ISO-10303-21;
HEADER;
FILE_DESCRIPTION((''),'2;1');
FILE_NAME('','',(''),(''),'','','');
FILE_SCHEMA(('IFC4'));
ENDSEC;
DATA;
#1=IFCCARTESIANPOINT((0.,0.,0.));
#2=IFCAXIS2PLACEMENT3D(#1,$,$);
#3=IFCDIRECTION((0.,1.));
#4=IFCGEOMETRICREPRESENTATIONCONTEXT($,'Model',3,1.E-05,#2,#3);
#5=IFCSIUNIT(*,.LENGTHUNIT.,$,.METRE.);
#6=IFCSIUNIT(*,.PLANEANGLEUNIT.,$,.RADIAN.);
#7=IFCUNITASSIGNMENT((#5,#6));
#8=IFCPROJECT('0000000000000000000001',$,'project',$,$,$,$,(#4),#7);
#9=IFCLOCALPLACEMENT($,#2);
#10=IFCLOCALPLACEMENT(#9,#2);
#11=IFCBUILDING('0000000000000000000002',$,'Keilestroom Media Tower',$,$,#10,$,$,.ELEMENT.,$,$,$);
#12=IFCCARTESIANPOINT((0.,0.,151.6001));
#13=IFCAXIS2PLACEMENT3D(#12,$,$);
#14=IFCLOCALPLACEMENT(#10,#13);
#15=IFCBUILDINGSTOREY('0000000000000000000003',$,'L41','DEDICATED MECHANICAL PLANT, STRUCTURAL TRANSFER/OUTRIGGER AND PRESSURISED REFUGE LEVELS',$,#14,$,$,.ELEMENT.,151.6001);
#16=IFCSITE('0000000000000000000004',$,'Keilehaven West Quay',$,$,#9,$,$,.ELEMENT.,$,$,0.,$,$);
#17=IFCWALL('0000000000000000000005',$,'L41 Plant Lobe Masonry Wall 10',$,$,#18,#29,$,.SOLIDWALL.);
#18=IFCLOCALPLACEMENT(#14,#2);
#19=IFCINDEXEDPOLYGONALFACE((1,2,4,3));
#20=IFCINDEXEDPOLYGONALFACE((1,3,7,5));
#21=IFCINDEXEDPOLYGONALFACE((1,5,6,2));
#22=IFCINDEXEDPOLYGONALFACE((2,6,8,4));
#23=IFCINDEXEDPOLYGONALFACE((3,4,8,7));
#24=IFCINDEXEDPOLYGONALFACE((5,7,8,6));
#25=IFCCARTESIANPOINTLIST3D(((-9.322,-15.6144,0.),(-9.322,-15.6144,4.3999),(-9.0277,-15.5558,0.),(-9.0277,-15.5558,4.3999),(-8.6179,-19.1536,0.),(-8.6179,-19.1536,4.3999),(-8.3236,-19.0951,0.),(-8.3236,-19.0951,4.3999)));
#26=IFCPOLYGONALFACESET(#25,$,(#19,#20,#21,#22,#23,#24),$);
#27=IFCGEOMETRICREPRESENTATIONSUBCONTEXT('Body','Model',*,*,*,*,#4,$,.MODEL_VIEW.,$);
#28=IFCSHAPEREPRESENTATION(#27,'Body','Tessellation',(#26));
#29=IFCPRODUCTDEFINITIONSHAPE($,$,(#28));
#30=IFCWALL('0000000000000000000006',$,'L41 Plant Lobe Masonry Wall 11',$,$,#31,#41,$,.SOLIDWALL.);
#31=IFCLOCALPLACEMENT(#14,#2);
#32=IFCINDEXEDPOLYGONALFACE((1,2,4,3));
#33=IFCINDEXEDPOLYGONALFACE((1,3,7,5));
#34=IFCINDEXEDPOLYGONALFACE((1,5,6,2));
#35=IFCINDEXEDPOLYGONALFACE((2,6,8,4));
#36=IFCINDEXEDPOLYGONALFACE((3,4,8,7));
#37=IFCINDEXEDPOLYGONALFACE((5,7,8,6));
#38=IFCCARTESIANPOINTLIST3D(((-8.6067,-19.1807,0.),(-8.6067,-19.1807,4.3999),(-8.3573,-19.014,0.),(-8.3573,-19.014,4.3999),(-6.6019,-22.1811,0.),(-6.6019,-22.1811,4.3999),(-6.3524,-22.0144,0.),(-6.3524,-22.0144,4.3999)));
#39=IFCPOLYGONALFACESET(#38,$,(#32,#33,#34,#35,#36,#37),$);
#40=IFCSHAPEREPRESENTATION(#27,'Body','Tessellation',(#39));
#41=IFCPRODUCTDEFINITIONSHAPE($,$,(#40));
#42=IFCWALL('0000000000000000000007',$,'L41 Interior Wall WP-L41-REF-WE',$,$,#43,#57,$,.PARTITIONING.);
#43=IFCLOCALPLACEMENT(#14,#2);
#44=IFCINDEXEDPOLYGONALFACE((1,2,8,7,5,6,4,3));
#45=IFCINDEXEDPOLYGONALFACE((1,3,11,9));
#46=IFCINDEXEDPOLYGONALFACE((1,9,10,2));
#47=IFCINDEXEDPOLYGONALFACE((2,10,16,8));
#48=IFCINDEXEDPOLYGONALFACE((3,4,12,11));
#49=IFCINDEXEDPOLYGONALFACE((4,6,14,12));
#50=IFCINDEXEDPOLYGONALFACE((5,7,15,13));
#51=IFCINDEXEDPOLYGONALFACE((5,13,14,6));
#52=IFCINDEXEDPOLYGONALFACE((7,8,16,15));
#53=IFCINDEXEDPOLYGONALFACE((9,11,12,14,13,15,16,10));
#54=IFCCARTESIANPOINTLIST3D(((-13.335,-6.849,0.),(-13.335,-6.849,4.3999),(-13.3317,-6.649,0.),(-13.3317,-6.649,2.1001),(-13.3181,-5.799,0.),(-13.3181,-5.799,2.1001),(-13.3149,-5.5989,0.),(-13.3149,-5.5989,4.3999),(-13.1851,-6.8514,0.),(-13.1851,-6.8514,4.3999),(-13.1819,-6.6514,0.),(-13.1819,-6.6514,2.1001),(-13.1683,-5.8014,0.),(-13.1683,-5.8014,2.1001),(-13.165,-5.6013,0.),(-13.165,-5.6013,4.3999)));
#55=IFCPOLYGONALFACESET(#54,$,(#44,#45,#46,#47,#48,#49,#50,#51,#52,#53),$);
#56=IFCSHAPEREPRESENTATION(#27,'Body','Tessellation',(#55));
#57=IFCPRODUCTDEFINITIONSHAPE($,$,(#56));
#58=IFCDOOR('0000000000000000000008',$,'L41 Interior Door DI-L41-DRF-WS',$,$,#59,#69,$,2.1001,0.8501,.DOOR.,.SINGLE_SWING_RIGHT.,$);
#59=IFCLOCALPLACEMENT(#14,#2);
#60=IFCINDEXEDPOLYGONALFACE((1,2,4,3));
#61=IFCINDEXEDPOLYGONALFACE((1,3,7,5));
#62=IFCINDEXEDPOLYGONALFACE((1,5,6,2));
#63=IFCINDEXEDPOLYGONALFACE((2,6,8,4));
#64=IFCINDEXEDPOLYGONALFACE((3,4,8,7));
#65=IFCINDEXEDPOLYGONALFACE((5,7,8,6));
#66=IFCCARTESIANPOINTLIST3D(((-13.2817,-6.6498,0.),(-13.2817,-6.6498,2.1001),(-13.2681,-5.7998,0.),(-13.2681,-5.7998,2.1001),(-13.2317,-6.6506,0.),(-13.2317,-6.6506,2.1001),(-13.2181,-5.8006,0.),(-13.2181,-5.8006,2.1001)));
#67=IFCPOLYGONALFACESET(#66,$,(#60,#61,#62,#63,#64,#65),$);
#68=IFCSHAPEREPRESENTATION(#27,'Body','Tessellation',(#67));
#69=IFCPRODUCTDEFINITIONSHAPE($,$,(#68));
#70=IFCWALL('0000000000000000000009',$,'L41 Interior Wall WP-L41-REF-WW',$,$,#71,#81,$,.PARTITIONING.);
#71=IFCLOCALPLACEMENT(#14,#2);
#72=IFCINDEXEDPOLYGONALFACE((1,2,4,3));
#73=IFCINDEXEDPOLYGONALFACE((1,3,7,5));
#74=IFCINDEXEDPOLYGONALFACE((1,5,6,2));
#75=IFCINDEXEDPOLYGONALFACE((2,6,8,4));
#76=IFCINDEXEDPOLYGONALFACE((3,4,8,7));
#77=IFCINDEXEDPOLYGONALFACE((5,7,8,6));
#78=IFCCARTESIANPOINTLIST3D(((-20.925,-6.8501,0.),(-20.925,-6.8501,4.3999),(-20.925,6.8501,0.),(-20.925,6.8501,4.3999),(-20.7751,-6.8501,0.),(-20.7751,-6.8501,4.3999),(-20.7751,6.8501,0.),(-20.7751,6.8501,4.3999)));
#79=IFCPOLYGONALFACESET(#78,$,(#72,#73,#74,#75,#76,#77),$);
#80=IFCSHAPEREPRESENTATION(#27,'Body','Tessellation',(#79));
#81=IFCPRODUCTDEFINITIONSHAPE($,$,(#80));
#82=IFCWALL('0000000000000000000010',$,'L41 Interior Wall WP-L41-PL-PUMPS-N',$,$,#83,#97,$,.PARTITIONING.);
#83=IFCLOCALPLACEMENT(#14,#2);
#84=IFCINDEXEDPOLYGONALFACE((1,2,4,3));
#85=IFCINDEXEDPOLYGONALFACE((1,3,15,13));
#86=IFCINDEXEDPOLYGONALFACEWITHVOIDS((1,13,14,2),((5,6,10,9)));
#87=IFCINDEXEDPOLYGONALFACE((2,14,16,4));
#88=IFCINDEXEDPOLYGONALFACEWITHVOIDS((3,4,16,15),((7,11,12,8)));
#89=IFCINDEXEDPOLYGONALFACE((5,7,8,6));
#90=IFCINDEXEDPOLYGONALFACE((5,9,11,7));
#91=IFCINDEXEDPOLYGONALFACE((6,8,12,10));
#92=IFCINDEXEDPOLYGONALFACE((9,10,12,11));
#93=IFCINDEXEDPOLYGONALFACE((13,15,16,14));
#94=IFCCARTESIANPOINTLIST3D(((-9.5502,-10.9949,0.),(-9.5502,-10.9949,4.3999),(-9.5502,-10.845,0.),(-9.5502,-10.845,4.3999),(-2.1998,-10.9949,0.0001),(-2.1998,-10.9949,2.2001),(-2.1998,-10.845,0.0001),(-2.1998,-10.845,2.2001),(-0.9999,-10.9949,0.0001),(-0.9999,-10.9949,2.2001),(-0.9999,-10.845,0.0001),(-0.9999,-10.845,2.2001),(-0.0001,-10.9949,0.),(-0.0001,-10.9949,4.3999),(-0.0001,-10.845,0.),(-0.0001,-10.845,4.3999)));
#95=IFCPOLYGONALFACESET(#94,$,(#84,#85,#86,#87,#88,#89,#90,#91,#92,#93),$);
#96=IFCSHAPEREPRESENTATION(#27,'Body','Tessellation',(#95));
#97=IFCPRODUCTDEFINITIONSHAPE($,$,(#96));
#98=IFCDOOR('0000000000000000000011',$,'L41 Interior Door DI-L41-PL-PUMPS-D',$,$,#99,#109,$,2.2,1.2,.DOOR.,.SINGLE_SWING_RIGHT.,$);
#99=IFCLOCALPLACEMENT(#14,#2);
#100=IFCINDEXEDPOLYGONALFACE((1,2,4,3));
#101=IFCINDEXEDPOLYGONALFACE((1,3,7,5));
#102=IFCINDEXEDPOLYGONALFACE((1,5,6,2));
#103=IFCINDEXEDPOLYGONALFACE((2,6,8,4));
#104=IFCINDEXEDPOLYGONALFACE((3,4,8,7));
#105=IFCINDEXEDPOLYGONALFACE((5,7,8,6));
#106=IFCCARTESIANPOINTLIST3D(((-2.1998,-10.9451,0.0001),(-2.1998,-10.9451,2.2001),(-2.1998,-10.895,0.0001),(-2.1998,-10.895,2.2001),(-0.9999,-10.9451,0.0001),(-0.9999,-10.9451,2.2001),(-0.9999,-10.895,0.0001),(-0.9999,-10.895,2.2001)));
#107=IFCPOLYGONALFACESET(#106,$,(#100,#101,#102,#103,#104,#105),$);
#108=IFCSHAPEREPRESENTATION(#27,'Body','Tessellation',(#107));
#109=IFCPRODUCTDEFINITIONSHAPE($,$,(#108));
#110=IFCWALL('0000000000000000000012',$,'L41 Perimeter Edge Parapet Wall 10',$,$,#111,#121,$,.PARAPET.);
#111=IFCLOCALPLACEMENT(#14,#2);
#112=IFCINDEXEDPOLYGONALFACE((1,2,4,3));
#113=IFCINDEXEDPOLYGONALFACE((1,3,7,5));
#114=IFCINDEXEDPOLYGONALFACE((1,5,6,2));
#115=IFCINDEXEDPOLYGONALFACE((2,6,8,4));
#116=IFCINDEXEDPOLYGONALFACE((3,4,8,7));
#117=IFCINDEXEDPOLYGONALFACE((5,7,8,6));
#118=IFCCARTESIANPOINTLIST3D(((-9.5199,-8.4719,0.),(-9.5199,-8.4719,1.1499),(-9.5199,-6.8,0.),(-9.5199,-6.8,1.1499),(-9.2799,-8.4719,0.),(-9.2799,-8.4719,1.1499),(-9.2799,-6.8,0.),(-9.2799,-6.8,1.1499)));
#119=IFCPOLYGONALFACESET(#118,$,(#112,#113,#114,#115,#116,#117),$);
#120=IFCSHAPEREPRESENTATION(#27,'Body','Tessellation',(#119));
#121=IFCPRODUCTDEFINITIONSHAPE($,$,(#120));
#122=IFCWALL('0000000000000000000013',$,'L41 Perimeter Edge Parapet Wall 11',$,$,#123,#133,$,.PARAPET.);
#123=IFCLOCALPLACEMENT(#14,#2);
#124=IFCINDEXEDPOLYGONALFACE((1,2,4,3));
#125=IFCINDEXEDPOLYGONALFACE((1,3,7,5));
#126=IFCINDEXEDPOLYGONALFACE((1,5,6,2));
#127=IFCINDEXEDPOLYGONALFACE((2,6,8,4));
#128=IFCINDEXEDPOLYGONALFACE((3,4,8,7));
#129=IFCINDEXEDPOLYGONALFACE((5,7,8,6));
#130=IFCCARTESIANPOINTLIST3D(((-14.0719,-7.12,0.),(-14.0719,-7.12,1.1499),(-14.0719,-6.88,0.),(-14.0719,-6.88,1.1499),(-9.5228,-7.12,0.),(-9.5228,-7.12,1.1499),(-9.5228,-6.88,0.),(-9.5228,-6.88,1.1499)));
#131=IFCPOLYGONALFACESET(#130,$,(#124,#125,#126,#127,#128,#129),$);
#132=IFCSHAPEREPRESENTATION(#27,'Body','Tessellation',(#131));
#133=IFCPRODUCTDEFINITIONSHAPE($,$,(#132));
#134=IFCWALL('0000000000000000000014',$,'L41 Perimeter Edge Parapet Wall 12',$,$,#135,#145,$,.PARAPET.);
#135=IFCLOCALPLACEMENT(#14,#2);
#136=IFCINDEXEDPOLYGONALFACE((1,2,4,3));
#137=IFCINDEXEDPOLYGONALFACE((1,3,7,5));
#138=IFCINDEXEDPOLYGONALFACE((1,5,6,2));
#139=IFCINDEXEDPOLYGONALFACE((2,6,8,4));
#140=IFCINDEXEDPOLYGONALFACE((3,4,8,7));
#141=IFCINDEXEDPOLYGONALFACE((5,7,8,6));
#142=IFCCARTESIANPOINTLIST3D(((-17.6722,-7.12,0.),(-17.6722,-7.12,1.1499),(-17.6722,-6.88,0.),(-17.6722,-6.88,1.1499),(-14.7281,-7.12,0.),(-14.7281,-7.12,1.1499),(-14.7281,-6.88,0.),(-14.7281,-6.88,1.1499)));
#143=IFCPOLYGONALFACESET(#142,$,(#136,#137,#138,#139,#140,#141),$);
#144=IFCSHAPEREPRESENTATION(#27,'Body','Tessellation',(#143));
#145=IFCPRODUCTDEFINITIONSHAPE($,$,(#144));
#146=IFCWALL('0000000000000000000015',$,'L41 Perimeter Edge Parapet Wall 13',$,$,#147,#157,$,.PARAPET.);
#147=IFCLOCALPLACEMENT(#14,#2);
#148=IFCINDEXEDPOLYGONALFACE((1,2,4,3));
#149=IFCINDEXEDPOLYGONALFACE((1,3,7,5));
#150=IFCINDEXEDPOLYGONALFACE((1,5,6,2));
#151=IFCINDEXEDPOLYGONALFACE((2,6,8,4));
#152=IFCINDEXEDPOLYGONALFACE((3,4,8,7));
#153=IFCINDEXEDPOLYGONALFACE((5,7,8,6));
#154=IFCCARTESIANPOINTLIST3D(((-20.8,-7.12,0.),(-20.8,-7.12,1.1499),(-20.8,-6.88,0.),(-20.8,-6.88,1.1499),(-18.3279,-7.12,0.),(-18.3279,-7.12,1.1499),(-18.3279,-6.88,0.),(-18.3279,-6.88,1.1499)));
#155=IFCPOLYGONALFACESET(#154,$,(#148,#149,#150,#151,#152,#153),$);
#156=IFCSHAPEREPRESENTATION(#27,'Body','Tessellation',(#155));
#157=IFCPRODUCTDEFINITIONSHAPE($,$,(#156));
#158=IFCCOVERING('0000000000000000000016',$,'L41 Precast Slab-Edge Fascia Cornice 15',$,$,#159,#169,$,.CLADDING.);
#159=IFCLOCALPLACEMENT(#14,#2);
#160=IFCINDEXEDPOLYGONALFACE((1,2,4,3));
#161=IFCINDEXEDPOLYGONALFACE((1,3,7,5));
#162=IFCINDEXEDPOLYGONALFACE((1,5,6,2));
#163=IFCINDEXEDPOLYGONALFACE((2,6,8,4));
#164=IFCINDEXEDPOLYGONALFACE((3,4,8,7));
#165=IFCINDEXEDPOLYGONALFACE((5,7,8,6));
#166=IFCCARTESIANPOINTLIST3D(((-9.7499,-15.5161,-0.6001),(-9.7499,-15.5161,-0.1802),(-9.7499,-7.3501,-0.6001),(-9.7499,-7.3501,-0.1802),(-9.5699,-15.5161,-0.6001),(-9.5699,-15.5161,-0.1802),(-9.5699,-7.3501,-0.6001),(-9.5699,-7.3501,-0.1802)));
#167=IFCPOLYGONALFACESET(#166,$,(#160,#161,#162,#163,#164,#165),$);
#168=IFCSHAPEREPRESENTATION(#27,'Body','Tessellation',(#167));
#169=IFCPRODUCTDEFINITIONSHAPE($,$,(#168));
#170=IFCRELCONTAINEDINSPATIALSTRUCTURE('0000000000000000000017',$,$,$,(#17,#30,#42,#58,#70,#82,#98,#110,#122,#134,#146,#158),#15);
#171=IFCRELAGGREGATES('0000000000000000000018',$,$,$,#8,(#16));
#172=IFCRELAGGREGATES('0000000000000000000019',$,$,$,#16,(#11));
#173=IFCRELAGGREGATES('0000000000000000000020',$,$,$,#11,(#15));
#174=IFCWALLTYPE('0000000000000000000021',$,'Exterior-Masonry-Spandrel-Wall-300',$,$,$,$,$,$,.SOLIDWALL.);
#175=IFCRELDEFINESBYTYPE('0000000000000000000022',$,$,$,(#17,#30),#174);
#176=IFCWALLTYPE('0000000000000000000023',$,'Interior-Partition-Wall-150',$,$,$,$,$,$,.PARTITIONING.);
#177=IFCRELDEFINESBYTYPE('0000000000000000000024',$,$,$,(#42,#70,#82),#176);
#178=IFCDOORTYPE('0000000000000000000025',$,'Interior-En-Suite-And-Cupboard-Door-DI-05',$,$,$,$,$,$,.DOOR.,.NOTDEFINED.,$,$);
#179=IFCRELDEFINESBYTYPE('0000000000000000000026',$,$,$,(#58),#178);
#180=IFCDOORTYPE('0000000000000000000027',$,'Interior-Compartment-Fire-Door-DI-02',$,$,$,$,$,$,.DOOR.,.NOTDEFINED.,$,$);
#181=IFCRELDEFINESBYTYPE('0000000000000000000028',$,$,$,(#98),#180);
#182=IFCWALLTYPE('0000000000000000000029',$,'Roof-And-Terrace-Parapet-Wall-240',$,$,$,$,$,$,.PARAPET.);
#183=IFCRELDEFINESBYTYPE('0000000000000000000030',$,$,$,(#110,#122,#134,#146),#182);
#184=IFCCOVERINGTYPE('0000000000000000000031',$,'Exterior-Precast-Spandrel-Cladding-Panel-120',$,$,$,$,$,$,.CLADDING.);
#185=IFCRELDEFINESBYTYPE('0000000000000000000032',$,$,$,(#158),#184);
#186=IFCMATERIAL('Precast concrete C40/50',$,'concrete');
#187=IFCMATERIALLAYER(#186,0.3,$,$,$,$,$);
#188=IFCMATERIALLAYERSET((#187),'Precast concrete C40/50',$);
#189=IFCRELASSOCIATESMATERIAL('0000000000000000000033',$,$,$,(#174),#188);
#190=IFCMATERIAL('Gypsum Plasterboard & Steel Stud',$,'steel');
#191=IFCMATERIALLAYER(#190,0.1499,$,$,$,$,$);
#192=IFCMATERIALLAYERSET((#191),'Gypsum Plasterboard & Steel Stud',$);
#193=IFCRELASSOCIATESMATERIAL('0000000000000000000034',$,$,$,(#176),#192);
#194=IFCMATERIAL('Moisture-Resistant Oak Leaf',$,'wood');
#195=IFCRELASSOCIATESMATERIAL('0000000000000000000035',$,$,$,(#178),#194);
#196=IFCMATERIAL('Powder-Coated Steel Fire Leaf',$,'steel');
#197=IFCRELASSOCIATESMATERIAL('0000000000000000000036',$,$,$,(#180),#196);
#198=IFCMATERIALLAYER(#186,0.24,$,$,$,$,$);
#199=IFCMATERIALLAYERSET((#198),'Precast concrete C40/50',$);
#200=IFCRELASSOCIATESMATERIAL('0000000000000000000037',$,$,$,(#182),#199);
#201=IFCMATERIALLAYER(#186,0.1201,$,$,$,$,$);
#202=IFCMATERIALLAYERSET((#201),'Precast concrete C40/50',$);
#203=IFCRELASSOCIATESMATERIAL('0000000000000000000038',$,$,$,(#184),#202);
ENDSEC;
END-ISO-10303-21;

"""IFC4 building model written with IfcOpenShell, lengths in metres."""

from ifc_helpers import new_model, si_unit, direction, frame, frame_2d, origin, origin_2d, place, context, subcontext, project, spatial, rectangle, extrude, source, transform, mapped, material, layer, layer_set, type_object, element, fill, save


model = new_model("IFC4")

# Units and contexts
model_context = context("Model", 3, precision=1e-05, world=origin(), true_north=direction((0.0, 1.0)))
body_context = subcontext(model_context, "Body", "Model", "MODEL_VIEW")
ifc_project = project(units=[si_unit("LENGTHUNIT", "METRE"), si_unit("PLANEANGLEUNIT", "RADIAN")], contexts=[model_context])

# Site, building, storey
site_placement = place(None, origin())
site = spatial("IfcSite", under=ifc_project, at=site_placement, Name="Keilehaven West Quay", CompositionType="ELEMENT", RefElevation=0.0)
building_placement = place(site_placement, origin())
building = spatial("IfcBuilding", under=site, at=building_placement, Name="Keilestroom Media Tower", CompositionType="ELEMENT")
storey_placement = place(building_placement, frame((0.0, 0.0, 151.6001)))
storey = spatial("IfcBuildingStorey", under=building, at=storey_placement, Name="L41", Description="DEDICATED MECHANICAL PLANT, STRUCTURAL TRANSFER/OUTRIGGER AND PRESSURISED REFUGE LEVELS", CompositionType="ELEMENT", Elevation=151.6001)

# Shared definitions
ifc_material_1 = material(Name="Precast concrete C40/50", Category="concrete")

# Walls
ifc_layer_1 = layer(ifc_material_1, 0.3)
ifc_layer_set_1 = layer_set([ifc_layer_1], Name="Precast concrete C40/50")
wall_type_1 = type_object("IfcWallType", Name="Exterior-Masonry-Spandrel-Wall-300", PredefinedType="SOLIDWALL", material=ifc_layer_set_1)
for number, where, z_axis, x_axis, name in (
    (1, (-9.1748, -15.5852, 0.0), (0.0, 0.0, 1.0), (0.195114, -0.980781, 0.0), "L41 Plant Lobe Masonry Wall 10"),
    (2, (-8.4819, -19.0974, 0.0), (0.0, 0.0, 1.0), (0.555574, -0.831467, 0.0), "L41 Plant Lobe Masonry Wall 11"),
):
    element("IfcWall", number, at=place(storey_placement, frame(where, z_axis=z_axis, x_axis=x_axis)), inside=storey, type_object=wall_type_1, Name=name, PredefinedType="SOLIDWALL", context=body_context, shape_type="SweptSolid", body=[
        extrude(rectangle(XDim=3.6086, YDim=0.3, at=frame_2d((1.8042, 0.0))), origin(), (0.0, 0.0, 1.0), 4.3999),
    ])

# Wall, opening, door
ifc_material_2 = material(Name="Gypsum Plasterboard & Steel Stud", Category="steel")
ifc_layer_2 = layer(ifc_material_2, 0.1499)
ifc_layer_set_2 = layer_set([ifc_layer_2], Name="Gypsum Plasterboard & Steel Stud")
wall_type_2 = type_object("IfcWallType", Name="Interior-Partition-Wall-150", PredefinedType="PARTITIONING", material=ifc_layer_set_2)
wall_1_placement = place(storey_placement, frame((-13.26, -6.8501, 0.0), z_axis=(0.0, 0.0, 1.0), x_axis=(0.016014, 0.999872, 0.0)))
wall_1 = element("IfcWall", 3, at=wall_1_placement, inside=storey, type_object=wall_type_2, Name="L41 Interior Wall WP-L41-REF-WE", PredefinedType="PARTITIONING", context=body_context, shape_type="SweptSolid", body=[
    extrude(rectangle(XDim=1.2502, YDim=0.1499, at=frame_2d((0.625, 0.0))), origin(), (0.0, 0.0, 1.0), 4.3999),
])
opening_1_placement = place(wall_1_placement, frame((0.2, 0.0, 0.0)))
opening_1 = element("IfcOpeningElement", 4, at=opening_1_placement, cuts=wall_1, PredefinedType="OPENING", context=body_context, shape_type="SweptSolid", body=[
    extrude(rectangle(XDim=0.8501, YDim=2.1001, at=frame_2d((0.425, 1.05))), frame((0.0, 0.085, 0.0), z_axis=(0.0, -1.0, 0.0), x_axis=(1.0, 0.0, 0.0)), (0.0, 0.0, 1.0), 0.1699),
])
ifc_material_3 = material(Name="Moisture-Resistant Oak Leaf", Category="wood")
door_type_1 = type_object("IfcDoorType", Name="Interior-En-Suite-And-Cupboard-Door-DI-05", OperationType="NOTDEFINED", PredefinedType="DOOR", material=ifc_material_3)
shared_shape_1 = source(origin(), body_context, "Body", "SweptSolid", [
    extrude(rectangle(XDim=0.8501, YDim=2.1001, at=frame_2d((0.425, 1.05))), frame((0.0, 0.0249, 0.0), z_axis=(0.0, -1.0, 0.0), x_axis=(1.0, 0.0, 0.0)), (0.0, 0.0, 1.0), 0.05),
])
door_1_placement = place(opening_1_placement, origin())
door_1 = element("IfcDoor", 5, at=door_1_placement, inside=storey, type_object=door_type_1, Name="L41 Interior Door DI-L41-DRF-WS", OperationType="SINGLE_SWING_RIGHT", OverallHeight=2.1001, OverallWidth=0.8501, PredefinedType="DOOR", context=body_context, shape_type="MappedRepresentation", body=[
    mapped(shared_shape_1, transform((0.0, 0.0, 0.0), x_axis=(1.0, 0.0, 0.0), y_axis=(0.0, 1.0, 0.0), z_axis=(0.0, 0.0, 1.0), scale=1.0)),
])
fill(opening_1, door_1)

# Wall
wall_2_placement = place(storey_placement, frame((-20.8501, -6.8501, 0.0), z_axis=(0.0, 0.0, 1.0), x_axis=(0.0, 1.0, 0.0)))
element("IfcWall", 6, at=wall_2_placement, inside=storey, type_object=wall_type_2, Name="L41 Interior Wall WP-L41-REF-WW", PredefinedType="PARTITIONING", context=body_context, shape_type="SweptSolid", body=[
    extrude(rectangle(XDim=13.7002, YDim=0.1499, at=frame_2d((6.8501, 0.0))), origin(), (0.0, 0.0, 1.0), 4.3999),
])

# Wall, opening, door
wall_3_placement = place(storey_placement, frame((-9.55, -10.9199, 0.0), z_axis=(0.0, 0.0, 1.0), x_axis=(1.0, 0.0, 0.0)))
wall_3 = element("IfcWall", 7, at=wall_3_placement, inside=storey, type_object=wall_type_2, Name="L41 Interior Wall WP-L41-PL-PUMPS-N", PredefinedType="PARTITIONING", context=body_context, shape_type="SweptSolid", body=[
    extrude(rectangle(XDim=9.55, YDim=0.1499, at=frame_2d((4.7749, 0.0))), origin(), (0.0, 0.0, 1.0), 4.3999),
])
opening_2_placement = place(wall_3_placement, frame((7.3501, 0.0, 0.0)))
opening_2 = element("IfcOpeningElement", 8, at=opening_2_placement, cuts=wall_3, PredefinedType="OPENING", context=body_context, shape_type="SweptSolid", body=[
    extrude(rectangle(XDim=1.2, YDim=2.2, at=frame_2d((0.6001, 1.1001))), frame((0.0, 0.085, 0.0), z_axis=(0.0, -1.0, 0.0), x_axis=(1.0, 0.0, 0.0)), (0.0, 0.0, 1.0), 0.1699),
])
ifc_material_4 = material(Name="Powder-Coated Steel Fire Leaf", Category="steel")
door_type_2 = type_object("IfcDoorType", Name="Interior-Compartment-Fire-Door-DI-02", OperationType="NOTDEFINED", PredefinedType="DOOR", material=ifc_material_4)
shared_shape_2 = source(origin(), body_context, "Body", "SweptSolid", [
    extrude(rectangle(XDim=1.2, YDim=2.2, at=frame_2d((0.6001, 1.1001))), frame((0.0, 0.0249, 0.0), z_axis=(0.0, -1.0, 0.0), x_axis=(1.0, 0.0, 0.0)), (0.0, 0.0, 1.0), 0.05),
])
door_2_placement = place(opening_2_placement, origin())
door_2 = element("IfcDoor", 9, at=door_2_placement, inside=storey, type_object=door_type_2, Name="L41 Interior Door DI-L41-PL-PUMPS-D", OperationType="SINGLE_SWING_RIGHT", OverallHeight=2.2, OverallWidth=1.2, PredefinedType="DOOR", context=body_context, shape_type="MappedRepresentation", body=[
    mapped(shared_shape_2, transform((0.0, 0.0, 0.0), x_axis=(1.0, 0.0, 0.0), y_axis=(0.0, 1.0, 0.0), z_axis=(0.0, 0.0, 1.0), scale=1.0)),
])
fill(opening_2, door_2)

# Walls
ifc_layer_3 = layer(ifc_material_1, 0.24)
ifc_layer_set_3 = layer_set([ifc_layer_3], Name="Precast concrete C40/50")
wall_type_3 = type_object("IfcWallType", Name="Roof-And-Terrace-Parapet-Wall-240", PredefinedType="PARAPET", material=ifc_layer_set_3)
wall_4_placement = place(storey_placement, frame((-9.3999, -8.4719, 0.0), z_axis=(0.0, 0.0, 1.0), x_axis=(0.0, 1.0, 0.0)))
element("IfcWall", 10, at=wall_4_placement, inside=storey, type_object=wall_type_3, Name="L41 Perimeter Edge Parapet Wall 10", PredefinedType="PARAPET", context=body_context, shape_type="SweptSolid", body=[
    extrude(rectangle(XDim=1.6719, YDim=0.24, at=frame_2d((0.8359, 0.0))), origin(), (0.0, 0.0, 1.0), 1.1499),
])
wall_5_placement = place(storey_placement, frame((-9.5229, -7.0, 0.0), z_axis=(0.0, 0.0, 1.0), x_axis=(-1.0, 0.0, 0.0)))
element("IfcWall", 11, at=wall_5_placement, inside=storey, type_object=wall_type_3, Name="L41 Perimeter Edge Parapet Wall 11", PredefinedType="PARAPET", context=body_context, shape_type="SweptSolid", body=[
    extrude(rectangle(XDim=4.5491, YDim=0.24, at=frame_2d((2.2744, 0.0))), origin(), (0.0, 0.0, 1.0), 1.1499),
])
wall_6_placement = place(storey_placement, frame((-14.728, -7.0, 0.0), z_axis=(0.0, 0.0, 1.0), x_axis=(-1.0, 0.0, 0.0)))
element("IfcWall", 12, at=wall_6_placement, inside=storey, type_object=wall_type_3, Name="L41 Perimeter Edge Parapet Wall 12", PredefinedType="PARAPET", context=body_context, shape_type="SweptSolid", body=[
    extrude(rectangle(XDim=2.9441, YDim=0.24, at=frame_2d((1.4722, 0.0))), origin(), (0.0, 0.0, 1.0), 1.1499),
])
wall_7_placement = place(storey_placement, frame((-18.3279, -7.0, 0.0), z_axis=(0.0, 0.0, 1.0), x_axis=(-1.0, 0.0, 0.0)))
element("IfcWall", 13, at=wall_7_placement, inside=storey, type_object=wall_type_3, Name="L41 Perimeter Edge Parapet Wall 13", PredefinedType="PARAPET", context=body_context, shape_type="SweptSolid", body=[
    extrude(rectangle(XDim=2.4722, YDim=0.24, at=frame_2d((1.2361, 0.0))), origin(), (0.0, 0.0, 1.0), 1.1499),
])

# Covering
ifc_layer_4 = layer(ifc_material_1, 0.1201)
ifc_layer_set_4 = layer_set([ifc_layer_4], Name="Precast concrete C40/50")
covering_type = type_object("IfcCoveringType", Name="Exterior-Precast-Spandrel-Cladding-Panel-120", PredefinedType="CLADDING", material=ifc_layer_set_4)
shared_shape_3 = source(origin(), body_context, "Body", "SweptSolid", [
    extrude(rectangle(XDim=8.166, YDim=0.1799, at=origin_2d()), origin(), (0.0, 0.0, 1.0), 0.4199),
])
covering_1_placement = place(storey_placement, frame((-9.6599, -11.4331, -0.6001), z_axis=(0.0, 0.0, 1.0), x_axis=(0.0, 1.0, 0.0)))
element("IfcCovering", 14, at=covering_1_placement, inside=storey, type_object=covering_type, Name="L41 Precast Slab-Edge Fascia Cornice 15", PredefinedType="CLADDING", context=body_context, shape_type="MappedRepresentation", body=[
    mapped(shared_shape_3, transform((0.0, 0.0, 0.0), x_axis=(1.0, 0.0, 0.0), y_axis=(0.0, 1.0, 0.0), z_axis=(0.0, 0.0, 1.0), scale=1.0)),
])

save(model, "model.ifc")
